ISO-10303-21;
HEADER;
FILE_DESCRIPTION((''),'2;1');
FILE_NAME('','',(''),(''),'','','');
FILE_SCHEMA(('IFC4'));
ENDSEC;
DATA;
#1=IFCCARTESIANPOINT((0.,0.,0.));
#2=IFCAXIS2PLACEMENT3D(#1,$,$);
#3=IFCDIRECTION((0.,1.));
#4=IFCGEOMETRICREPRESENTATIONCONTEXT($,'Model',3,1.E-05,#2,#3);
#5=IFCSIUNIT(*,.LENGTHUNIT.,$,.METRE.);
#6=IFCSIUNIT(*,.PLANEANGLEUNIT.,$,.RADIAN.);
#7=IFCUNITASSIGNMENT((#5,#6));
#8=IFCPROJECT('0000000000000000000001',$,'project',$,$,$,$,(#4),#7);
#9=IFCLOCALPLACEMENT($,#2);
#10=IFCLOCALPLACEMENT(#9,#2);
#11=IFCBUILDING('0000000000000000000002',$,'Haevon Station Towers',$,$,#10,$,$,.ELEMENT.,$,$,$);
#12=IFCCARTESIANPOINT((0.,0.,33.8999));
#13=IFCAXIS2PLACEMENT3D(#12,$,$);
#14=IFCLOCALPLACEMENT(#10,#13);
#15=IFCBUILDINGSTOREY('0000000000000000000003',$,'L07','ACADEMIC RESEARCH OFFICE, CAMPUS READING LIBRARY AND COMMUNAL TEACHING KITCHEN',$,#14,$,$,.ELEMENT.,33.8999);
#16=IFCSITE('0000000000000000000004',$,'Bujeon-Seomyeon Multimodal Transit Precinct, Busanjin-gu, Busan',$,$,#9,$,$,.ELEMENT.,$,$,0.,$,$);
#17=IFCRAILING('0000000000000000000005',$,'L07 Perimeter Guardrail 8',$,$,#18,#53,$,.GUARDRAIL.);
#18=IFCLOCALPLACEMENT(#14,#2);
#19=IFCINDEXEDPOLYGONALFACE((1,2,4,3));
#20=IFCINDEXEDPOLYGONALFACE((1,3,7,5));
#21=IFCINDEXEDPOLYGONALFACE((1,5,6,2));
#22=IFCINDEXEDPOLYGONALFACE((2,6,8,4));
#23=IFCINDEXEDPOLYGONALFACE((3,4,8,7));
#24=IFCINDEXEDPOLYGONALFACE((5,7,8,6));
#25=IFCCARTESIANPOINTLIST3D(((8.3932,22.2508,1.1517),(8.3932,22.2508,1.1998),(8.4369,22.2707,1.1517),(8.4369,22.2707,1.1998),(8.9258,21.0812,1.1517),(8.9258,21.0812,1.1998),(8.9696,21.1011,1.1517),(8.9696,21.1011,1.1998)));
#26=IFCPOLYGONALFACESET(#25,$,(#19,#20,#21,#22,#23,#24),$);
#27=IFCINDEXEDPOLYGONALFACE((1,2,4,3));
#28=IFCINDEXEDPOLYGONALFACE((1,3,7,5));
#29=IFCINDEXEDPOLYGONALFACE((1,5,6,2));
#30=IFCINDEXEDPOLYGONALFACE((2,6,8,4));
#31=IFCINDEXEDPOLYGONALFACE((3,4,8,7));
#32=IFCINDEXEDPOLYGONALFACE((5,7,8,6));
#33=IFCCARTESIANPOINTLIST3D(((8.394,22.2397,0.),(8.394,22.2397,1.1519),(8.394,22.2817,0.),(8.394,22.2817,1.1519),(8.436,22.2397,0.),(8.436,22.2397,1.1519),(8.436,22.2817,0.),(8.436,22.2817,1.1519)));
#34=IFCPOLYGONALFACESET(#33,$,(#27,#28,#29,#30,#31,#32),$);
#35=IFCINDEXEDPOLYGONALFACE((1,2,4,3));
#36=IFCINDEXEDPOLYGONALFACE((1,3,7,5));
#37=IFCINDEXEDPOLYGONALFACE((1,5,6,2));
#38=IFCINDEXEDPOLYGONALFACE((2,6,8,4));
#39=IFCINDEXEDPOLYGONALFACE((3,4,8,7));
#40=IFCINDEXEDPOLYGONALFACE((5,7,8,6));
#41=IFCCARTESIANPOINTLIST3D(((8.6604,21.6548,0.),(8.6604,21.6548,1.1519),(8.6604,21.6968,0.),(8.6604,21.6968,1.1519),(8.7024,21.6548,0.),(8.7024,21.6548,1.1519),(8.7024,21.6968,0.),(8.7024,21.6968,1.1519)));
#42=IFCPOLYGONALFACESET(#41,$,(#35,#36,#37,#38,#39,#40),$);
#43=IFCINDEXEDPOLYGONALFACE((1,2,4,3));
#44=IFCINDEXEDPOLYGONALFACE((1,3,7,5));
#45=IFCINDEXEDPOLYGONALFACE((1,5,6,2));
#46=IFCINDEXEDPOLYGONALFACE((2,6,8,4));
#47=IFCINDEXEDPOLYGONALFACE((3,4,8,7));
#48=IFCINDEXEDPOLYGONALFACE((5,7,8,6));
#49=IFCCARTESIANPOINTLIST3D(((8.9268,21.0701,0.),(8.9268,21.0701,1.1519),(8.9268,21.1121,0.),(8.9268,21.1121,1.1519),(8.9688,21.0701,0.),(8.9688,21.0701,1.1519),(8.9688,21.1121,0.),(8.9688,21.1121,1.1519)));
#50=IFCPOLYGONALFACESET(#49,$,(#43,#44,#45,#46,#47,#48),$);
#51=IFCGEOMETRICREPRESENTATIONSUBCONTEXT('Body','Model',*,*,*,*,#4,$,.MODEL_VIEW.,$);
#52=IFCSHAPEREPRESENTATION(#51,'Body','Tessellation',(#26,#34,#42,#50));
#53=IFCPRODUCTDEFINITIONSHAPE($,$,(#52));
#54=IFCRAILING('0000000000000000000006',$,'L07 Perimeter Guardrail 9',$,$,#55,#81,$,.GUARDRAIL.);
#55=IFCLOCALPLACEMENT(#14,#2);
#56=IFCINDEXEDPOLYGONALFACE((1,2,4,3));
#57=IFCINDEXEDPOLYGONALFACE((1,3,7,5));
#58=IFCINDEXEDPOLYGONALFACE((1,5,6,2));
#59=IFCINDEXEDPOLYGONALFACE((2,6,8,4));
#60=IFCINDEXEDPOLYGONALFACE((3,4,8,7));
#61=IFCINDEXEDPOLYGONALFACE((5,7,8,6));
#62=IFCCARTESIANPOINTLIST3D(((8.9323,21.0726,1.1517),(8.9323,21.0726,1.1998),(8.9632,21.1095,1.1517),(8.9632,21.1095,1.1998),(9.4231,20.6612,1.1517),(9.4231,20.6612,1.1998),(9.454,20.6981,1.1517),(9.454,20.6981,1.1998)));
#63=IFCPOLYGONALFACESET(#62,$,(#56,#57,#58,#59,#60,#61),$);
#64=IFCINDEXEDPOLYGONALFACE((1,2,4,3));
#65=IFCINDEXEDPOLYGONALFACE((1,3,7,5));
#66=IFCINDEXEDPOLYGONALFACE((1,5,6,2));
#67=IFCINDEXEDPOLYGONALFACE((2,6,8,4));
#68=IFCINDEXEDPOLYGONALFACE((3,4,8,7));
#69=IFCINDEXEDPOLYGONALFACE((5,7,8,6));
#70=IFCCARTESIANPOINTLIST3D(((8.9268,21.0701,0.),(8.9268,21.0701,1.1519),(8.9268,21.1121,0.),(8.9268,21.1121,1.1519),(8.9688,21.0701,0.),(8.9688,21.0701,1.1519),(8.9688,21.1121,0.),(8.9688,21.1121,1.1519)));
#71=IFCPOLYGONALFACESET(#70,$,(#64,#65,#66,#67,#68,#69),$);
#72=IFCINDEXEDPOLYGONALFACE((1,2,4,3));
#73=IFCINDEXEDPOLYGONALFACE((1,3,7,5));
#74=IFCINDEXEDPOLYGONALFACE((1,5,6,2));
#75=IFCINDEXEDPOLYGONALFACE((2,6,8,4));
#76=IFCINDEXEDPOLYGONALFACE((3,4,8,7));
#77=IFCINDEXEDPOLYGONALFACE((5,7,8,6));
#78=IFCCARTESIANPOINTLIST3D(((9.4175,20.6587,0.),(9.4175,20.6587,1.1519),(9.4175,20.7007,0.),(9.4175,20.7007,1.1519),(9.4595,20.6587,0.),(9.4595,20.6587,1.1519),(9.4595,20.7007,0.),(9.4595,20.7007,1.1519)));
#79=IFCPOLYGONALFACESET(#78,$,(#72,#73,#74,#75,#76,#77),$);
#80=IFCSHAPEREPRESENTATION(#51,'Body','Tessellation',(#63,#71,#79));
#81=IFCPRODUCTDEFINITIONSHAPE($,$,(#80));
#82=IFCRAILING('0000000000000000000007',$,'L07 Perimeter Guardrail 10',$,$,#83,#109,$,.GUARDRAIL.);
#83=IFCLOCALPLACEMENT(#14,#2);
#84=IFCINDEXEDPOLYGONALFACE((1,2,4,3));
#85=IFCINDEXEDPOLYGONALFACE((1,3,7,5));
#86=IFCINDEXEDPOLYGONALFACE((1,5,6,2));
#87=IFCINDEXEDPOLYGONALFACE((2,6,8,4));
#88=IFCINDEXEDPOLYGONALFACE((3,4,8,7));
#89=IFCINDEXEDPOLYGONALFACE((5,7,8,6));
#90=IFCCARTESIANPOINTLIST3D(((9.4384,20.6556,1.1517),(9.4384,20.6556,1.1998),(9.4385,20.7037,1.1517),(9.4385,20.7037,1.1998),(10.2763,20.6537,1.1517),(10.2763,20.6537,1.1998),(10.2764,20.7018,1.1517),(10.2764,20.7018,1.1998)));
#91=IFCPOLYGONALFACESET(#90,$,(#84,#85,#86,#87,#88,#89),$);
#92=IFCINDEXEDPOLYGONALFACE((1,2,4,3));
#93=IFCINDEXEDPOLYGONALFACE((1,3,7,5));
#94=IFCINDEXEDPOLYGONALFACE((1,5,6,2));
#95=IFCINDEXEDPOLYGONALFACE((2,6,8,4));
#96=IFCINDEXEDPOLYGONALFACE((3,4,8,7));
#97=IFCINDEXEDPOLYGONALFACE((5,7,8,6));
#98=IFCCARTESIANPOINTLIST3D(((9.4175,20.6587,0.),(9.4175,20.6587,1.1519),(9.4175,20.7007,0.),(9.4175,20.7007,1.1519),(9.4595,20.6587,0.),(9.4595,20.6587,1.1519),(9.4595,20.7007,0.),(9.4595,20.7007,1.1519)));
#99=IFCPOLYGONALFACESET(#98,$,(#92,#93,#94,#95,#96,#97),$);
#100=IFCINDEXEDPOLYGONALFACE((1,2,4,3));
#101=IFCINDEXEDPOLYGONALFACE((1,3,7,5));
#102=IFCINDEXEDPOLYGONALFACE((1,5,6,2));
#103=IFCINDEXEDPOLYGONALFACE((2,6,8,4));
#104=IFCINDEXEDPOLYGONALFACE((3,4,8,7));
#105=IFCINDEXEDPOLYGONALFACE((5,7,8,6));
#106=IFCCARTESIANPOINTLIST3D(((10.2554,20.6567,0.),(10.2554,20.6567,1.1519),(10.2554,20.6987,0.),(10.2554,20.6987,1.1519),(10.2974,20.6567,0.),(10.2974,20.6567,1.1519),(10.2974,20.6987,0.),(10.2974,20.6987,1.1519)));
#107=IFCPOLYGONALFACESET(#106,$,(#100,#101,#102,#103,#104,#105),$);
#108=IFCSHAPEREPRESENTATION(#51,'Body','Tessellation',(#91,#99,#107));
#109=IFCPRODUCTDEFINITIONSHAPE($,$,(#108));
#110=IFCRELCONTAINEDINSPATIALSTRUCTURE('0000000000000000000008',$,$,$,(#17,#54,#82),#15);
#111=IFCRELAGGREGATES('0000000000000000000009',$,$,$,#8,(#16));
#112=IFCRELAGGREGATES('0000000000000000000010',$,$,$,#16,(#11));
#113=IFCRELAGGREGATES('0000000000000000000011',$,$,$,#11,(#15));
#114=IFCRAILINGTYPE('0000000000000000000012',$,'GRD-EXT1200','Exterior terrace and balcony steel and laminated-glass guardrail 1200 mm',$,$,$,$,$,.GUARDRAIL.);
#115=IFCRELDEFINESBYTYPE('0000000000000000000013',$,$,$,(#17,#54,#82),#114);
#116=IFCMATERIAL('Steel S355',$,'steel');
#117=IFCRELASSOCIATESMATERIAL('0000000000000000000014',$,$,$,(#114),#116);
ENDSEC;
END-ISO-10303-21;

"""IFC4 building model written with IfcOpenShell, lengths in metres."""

from ifc_helpers import new_model, si_unit, direction, frame, origin, origin_2d, place, context, subcontext, project, spatial, rectangle, extrude, material, type_object, element, save


model = new_model("IFC4")

# Units and contexts
model_context = context("Model", 3, precision=1e-05, world=origin(), true_north=direction((0.0, 1.0)))
body_context = subcontext(model_context, "Body", "Model", "MODEL_VIEW")
ifc_project = project(units=[si_unit("LENGTHUNIT", "METRE"), si_unit("PLANEANGLEUNIT", "RADIAN")], contexts=[model_context])

# Site, building, storey
site_placement = place(None, origin())
site = spatial("IfcSite", under=ifc_project, at=site_placement, Name="Bujeon-Seomyeon Multimodal Transit Precinct, Busanjin-gu, Busan", CompositionType="ELEMENT", RefElevation=0.0)
building_placement = place(site_placement, origin())
building = spatial("IfcBuilding", under=site, at=building_placement, Name="Haevon Station Towers", CompositionType="ELEMENT")
storey_placement = place(building_placement, frame((0.0, 0.0, 33.8999)))
storey = spatial("IfcBuildingStorey", under=building, at=storey_placement, Name="L07", Description="ACADEMIC RESEARCH OFFICE, CAMPUS READING LIBRARY AND COMMUNAL TEACHING KITCHEN", CompositionType="ELEMENT", Elevation=33.8999)

# Shared definitions
ifc_material_1 = material(Name="Steel S355", Category="steel")

# Railings
railing_type = type_object("IfcRailingType", Name="GRD-EXT1200", Description="Exterior terrace and balcony steel and laminated-glass guardrail 1200 mm", PredefinedType="GUARDRAIL", material=ifc_material_1)
railing_1_placement = place(storey_placement, frame((8.415, 22.2607, 0.0)))
element("IfcRailing", 1, at=railing_1_placement, inside=storey, type_object=railing_type, Name="L07 Perimeter Guardrail 8", PredefinedType="GUARDRAIL", context=body_context, shape_type="SweptSolid", body=[
    extrude(rectangle(XDim=0.0481, YDim=0.0481, at=origin_2d()), frame((0.0, 0.0, 1.1758), z_axis=(0.414475, -0.91006, 0.0), x_axis=(0.91006, 0.414475, 0.0)), (0.0, 0.0, 1.0), 1.2852),
    extrude(rectangle(XDim=0.042, YDim=0.042, at=origin_2d()), origin(), (0.0, 0.0, 1.0), 1.1519),
    extrude(rectangle(XDim=0.042, YDim=0.042, at=origin_2d()), frame((0.2664, -0.585, 0.0)), (0.0, 0.0, 1.0), 1.1519),
    extrude(rectangle(XDim=0.042, YDim=0.042, at=origin_2d()), frame((0.5327, -1.1697, 0.0)), (0.0, 0.0, 1.0), 1.1519),
])
railing_2_placement = place(storey_placement, frame((8.9478, 21.0911, 0.0)))
element("IfcRailing", 2, at=railing_2_placement, inside=storey, type_object=railing_type, Name="L07 Perimeter Guardrail 9", PredefinedType="GUARDRAIL", context=body_context, shape_type="SweptSolid", body=[
    extrude(rectangle(XDim=0.0481, YDim=0.0481, at=origin_2d()), frame((0.0, 0.0, 1.1758), z_axis=(0.766343, -0.642432, 0.0), x_axis=(0.642432, 0.766343, 0.0)), (0.0, 0.0, 1.0), 0.6404),
    extrude(rectangle(XDim=0.042, YDim=0.042, at=origin_2d()), origin(), (0.0, 0.0, 1.0), 1.1519),
    extrude(rectangle(XDim=0.042, YDim=0.042, at=origin_2d()), frame((0.4907, -0.4114, 0.0)), (0.0, 0.0, 1.0), 1.1519),
])
railing_3_placement = place(storey_placement, frame((9.4385, 20.6797, 0.0)))
element("IfcRailing", 3, at=railing_3_placement, inside=storey, type_object=railing_type, Name="L07 Perimeter Guardrail 10", PredefinedType="GUARDRAIL", context=body_context, shape_type="SweptSolid", body=[
    extrude(rectangle(XDim=0.0481, YDim=0.0481, at=origin_2d()), frame((0.0, 0.0, 1.1758), z_axis=(0.999997, -0.002331, 0.0), x_axis=(0.002331, 0.999997, 0.0)), (0.0, 0.0, 1.0), 0.8379),
    extrude(rectangle(XDim=0.042, YDim=0.042, at=origin_2d()), origin(), (0.0, 0.0, 1.0), 1.1519),
    extrude(rectangle(XDim=0.042, YDim=0.042, at=origin_2d()), frame((0.8379, -0.002, 0.0)), (0.0, 0.0, 1.0), 1.1519),
])

save(model, "model.ifc")
